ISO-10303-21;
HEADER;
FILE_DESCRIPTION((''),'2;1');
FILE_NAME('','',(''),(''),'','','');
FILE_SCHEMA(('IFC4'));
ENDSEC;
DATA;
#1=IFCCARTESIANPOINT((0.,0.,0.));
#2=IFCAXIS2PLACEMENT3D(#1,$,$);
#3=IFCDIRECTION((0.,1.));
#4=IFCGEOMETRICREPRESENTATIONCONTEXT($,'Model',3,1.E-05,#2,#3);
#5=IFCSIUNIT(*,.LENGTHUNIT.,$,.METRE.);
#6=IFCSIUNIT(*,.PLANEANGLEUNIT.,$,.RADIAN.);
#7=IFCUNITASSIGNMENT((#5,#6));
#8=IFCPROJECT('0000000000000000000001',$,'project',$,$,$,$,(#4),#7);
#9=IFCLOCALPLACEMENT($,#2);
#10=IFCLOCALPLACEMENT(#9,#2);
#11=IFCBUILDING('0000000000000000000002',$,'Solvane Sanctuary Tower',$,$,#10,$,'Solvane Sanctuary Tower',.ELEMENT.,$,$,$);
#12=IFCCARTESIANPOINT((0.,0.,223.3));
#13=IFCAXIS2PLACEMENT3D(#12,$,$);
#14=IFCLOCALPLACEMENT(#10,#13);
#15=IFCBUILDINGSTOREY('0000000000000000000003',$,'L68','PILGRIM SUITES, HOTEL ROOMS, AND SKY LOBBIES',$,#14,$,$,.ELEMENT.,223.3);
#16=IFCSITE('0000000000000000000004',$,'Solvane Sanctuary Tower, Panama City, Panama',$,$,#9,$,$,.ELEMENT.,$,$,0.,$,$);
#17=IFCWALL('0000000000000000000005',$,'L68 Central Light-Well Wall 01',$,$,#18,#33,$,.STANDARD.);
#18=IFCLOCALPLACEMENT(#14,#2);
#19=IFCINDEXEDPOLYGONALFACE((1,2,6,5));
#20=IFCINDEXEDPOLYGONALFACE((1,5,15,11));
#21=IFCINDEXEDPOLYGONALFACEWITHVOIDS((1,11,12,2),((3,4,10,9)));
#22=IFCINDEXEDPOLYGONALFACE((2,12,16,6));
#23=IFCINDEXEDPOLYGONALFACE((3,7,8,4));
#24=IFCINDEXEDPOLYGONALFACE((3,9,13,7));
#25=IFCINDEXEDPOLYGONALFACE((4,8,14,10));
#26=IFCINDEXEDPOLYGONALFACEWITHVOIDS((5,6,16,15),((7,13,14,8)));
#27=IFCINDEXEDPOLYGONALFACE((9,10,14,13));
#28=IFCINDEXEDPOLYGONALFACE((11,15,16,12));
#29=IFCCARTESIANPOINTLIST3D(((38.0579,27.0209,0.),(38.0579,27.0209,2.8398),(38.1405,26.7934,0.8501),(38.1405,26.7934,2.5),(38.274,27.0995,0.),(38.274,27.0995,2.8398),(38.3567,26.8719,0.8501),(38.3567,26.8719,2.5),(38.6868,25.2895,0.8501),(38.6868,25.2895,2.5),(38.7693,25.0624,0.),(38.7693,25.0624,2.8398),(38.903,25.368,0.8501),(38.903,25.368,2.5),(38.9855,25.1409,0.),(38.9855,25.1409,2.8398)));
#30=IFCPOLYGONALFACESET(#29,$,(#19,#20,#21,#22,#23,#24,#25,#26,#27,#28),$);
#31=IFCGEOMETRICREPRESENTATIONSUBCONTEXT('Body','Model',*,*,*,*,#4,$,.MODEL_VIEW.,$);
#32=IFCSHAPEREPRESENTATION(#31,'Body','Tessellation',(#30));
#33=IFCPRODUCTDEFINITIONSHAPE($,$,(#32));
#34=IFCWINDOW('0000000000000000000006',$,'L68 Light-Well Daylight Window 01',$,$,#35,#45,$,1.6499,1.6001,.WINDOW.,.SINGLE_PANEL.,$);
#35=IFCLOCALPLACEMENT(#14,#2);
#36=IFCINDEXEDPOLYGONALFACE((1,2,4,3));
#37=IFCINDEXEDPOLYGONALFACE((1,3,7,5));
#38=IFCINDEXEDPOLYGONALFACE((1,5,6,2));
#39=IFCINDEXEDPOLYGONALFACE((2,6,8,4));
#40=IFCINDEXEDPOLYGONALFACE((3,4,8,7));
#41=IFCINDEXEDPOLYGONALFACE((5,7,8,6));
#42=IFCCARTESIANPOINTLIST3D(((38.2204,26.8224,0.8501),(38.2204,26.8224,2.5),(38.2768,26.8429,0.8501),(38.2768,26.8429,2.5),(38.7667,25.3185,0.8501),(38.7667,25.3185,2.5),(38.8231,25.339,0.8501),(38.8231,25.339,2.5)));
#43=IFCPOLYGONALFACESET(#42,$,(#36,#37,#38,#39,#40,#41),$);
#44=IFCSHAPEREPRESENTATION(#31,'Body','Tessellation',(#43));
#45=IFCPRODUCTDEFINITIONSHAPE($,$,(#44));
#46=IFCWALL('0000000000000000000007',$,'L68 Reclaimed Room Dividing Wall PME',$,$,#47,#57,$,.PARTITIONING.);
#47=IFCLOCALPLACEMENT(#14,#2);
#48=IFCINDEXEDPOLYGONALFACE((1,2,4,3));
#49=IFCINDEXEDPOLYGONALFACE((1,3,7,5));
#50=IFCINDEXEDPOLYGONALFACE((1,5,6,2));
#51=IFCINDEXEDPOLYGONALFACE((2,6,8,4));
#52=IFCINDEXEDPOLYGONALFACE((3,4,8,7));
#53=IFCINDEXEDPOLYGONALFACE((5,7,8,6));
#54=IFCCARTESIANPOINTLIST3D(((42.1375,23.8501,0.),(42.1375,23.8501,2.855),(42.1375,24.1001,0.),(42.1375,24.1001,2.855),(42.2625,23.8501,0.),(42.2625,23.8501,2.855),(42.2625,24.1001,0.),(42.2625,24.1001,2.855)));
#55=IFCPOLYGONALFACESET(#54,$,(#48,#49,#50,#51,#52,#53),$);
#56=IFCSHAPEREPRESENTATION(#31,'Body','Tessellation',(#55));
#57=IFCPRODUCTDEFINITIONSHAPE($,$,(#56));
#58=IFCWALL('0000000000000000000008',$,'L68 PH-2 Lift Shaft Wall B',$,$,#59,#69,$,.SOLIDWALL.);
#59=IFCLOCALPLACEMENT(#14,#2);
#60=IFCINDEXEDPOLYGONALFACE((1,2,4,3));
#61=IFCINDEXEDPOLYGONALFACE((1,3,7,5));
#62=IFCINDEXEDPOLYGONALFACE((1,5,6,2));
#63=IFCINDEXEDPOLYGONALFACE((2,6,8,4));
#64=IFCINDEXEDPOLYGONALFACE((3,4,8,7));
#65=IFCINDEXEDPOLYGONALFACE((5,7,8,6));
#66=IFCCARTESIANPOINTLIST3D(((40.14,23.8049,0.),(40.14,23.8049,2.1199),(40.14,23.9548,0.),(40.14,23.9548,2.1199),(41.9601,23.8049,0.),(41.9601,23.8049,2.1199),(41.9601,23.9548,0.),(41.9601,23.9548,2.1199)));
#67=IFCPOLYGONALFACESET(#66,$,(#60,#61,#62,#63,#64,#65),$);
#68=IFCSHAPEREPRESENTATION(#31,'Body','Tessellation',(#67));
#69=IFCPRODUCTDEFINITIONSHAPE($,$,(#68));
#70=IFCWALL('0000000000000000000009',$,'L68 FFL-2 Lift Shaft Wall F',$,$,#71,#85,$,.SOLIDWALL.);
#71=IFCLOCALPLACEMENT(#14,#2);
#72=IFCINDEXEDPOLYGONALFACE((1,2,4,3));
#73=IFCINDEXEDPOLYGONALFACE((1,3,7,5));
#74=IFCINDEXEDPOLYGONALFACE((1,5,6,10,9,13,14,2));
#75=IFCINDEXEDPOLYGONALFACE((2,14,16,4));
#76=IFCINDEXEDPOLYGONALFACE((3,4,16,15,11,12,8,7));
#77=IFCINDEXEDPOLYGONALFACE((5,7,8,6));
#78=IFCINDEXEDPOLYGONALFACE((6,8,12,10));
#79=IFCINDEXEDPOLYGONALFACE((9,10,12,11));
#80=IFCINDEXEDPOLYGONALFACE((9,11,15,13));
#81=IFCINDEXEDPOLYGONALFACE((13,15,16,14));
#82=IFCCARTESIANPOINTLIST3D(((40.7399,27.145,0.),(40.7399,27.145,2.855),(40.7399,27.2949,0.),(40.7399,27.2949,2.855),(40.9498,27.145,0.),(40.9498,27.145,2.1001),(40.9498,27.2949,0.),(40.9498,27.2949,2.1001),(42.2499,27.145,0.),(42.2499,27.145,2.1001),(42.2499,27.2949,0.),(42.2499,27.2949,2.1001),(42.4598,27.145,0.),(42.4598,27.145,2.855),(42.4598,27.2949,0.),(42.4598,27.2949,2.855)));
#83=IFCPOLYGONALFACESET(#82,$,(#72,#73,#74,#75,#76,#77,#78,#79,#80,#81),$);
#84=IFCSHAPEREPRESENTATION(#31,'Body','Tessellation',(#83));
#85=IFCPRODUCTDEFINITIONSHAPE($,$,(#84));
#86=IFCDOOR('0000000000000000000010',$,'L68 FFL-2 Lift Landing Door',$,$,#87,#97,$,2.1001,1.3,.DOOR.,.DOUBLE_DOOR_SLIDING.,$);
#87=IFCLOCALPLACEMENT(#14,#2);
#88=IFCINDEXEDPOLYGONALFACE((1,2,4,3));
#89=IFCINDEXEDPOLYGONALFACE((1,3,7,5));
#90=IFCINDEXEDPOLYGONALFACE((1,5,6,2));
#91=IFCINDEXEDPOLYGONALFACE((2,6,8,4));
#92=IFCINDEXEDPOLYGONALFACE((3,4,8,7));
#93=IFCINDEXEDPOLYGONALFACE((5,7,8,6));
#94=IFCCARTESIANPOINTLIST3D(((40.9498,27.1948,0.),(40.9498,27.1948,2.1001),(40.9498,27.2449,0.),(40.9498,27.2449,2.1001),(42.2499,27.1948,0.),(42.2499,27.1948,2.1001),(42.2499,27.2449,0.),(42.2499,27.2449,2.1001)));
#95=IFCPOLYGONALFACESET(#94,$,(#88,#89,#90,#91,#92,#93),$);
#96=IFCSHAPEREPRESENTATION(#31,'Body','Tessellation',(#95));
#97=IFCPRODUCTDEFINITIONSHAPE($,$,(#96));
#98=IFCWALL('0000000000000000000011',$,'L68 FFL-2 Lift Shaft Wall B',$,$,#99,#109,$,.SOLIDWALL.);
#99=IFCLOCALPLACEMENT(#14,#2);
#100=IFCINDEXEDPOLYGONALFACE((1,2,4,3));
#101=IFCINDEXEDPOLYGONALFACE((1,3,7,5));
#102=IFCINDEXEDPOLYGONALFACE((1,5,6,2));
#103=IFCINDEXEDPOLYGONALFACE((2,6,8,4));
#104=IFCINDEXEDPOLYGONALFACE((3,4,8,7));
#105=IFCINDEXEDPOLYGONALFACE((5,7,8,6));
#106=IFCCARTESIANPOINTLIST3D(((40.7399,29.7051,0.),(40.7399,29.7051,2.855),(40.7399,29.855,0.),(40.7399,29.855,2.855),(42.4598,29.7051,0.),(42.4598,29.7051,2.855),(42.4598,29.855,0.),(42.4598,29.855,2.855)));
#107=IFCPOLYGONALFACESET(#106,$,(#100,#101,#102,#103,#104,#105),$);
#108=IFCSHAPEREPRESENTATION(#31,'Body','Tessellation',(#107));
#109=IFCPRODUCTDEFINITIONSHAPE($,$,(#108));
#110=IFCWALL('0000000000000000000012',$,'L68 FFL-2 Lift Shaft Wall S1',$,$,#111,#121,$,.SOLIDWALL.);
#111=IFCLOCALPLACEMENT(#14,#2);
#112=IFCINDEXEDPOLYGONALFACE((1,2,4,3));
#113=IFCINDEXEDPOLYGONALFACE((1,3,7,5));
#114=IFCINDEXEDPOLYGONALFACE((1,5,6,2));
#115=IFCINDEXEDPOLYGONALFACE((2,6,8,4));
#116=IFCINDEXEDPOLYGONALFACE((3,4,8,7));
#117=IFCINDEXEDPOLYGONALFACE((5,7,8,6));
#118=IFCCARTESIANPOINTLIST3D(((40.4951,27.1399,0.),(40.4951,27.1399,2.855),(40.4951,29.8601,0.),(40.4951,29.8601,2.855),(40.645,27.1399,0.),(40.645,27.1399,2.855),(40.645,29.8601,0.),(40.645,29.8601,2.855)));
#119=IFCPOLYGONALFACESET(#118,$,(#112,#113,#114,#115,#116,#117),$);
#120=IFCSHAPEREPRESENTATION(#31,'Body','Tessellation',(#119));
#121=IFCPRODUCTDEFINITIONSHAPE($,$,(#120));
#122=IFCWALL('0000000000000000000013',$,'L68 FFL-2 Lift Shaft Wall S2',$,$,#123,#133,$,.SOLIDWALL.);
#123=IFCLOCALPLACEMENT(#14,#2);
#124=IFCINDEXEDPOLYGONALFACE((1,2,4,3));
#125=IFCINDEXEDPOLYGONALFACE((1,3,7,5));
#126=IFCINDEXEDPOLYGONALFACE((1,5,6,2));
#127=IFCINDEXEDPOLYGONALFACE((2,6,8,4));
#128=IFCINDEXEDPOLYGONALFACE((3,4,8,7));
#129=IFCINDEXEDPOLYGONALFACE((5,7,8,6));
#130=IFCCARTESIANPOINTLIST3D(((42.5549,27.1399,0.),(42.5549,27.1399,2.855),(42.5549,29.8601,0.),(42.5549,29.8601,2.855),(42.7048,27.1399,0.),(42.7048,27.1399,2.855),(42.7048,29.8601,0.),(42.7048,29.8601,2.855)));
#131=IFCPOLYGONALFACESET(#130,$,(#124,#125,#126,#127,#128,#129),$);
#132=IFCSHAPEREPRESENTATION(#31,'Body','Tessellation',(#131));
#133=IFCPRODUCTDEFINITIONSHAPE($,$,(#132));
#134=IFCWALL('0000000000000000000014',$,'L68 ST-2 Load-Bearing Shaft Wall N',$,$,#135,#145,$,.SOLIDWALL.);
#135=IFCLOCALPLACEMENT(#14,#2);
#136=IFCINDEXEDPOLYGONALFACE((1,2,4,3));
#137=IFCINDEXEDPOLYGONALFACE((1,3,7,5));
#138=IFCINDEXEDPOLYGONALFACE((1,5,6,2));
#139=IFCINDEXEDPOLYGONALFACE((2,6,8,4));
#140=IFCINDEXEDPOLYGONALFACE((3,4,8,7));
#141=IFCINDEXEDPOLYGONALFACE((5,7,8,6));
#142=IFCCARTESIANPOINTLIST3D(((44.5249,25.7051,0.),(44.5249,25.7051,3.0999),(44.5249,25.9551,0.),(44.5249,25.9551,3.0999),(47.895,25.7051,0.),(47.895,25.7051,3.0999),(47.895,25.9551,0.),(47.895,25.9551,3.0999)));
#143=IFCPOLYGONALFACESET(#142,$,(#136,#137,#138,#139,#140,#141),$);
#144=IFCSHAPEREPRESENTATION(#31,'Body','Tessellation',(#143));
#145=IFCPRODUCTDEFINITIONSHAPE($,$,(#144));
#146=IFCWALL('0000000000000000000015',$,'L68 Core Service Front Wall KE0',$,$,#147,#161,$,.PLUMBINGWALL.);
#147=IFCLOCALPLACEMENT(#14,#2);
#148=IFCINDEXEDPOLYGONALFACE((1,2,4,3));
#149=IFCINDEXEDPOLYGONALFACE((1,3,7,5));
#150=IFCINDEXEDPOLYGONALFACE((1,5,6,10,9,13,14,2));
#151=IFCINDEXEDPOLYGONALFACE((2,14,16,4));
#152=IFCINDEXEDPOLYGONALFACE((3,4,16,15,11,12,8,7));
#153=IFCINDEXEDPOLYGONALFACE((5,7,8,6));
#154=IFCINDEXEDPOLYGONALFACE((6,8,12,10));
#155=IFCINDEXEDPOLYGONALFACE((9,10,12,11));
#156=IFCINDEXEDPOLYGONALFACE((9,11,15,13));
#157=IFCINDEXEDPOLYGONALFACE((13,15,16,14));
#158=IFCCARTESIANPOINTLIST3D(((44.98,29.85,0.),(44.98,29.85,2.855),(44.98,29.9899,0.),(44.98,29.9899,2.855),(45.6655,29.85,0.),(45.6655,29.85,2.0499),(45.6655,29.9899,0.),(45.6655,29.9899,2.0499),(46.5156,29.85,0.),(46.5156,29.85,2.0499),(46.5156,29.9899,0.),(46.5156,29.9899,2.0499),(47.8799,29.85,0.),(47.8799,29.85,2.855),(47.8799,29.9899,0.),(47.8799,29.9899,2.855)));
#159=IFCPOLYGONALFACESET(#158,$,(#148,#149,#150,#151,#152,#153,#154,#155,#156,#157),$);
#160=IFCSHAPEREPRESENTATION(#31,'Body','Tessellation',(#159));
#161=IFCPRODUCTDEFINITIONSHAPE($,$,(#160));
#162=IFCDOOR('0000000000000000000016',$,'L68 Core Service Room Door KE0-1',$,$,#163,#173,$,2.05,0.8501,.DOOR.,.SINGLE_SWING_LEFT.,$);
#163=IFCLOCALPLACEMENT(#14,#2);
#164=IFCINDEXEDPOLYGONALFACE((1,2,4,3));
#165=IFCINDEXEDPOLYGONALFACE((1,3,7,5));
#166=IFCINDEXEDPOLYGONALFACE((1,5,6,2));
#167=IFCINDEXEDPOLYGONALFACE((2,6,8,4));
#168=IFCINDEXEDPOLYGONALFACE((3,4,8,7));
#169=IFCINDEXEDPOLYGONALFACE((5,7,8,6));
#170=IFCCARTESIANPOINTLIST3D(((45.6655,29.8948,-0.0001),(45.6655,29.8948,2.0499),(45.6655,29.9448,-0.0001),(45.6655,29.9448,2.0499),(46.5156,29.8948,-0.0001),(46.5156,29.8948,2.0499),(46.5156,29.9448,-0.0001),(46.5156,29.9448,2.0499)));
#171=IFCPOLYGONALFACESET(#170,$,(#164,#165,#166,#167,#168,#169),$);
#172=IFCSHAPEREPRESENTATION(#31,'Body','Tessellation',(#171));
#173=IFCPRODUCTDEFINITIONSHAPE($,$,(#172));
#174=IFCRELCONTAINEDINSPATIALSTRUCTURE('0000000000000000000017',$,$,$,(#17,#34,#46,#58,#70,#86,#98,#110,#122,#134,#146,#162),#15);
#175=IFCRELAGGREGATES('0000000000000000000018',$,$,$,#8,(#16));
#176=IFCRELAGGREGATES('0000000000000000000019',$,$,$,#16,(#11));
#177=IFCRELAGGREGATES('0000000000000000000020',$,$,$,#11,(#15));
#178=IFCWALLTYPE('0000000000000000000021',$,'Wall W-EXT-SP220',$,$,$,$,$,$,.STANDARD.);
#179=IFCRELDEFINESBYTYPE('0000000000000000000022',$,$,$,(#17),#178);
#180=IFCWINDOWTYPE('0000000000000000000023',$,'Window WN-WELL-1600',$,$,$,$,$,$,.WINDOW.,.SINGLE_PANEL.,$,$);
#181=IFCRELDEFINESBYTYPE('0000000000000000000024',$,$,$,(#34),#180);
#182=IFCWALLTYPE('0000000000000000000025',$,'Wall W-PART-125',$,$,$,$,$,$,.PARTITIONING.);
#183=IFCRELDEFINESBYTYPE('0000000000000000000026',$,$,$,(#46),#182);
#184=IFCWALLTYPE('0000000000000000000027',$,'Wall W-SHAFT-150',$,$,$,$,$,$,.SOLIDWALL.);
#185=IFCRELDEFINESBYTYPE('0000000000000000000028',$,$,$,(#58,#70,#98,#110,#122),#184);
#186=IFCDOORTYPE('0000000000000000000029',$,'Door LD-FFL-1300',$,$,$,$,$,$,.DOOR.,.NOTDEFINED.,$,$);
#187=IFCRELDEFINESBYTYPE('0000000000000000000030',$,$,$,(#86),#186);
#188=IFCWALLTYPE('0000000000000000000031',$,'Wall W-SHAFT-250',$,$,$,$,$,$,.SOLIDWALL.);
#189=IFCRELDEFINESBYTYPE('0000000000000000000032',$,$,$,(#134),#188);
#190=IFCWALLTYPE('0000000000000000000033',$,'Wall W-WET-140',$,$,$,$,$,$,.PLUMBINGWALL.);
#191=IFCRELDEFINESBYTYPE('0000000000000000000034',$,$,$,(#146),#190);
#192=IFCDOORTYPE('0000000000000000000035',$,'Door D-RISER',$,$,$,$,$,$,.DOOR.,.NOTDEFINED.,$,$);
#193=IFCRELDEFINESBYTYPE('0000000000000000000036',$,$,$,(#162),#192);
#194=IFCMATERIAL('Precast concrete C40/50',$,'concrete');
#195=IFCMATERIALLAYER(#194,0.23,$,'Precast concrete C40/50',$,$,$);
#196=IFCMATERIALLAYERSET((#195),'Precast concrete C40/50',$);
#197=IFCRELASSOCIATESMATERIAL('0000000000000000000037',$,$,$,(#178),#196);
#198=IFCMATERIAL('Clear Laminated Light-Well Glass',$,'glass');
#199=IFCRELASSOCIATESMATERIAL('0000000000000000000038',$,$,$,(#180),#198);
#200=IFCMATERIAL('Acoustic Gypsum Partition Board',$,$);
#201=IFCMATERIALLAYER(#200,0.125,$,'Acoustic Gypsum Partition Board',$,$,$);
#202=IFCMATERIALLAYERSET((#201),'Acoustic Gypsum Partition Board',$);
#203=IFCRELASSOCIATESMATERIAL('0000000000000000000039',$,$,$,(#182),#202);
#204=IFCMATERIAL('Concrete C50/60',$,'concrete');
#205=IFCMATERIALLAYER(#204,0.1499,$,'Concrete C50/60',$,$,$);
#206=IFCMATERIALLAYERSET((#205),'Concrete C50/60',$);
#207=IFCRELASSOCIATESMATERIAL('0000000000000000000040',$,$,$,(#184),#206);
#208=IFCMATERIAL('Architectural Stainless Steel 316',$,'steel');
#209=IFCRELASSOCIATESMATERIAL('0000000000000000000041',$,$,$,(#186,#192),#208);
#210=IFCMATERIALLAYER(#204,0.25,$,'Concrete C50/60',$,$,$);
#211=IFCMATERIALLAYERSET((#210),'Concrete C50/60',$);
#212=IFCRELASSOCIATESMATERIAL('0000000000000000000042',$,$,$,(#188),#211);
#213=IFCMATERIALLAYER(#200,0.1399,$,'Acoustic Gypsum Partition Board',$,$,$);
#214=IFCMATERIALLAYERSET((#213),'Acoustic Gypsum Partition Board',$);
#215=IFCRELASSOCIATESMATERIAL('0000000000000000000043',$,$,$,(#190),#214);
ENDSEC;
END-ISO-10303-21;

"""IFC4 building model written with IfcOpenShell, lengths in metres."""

from ifc_helpers import new_model, si_unit, direction, frame, frame_2d, origin, place, context, subcontext, project, spatial, rectangle, extrude, material, layer, layer_set, type_object, element, fill, save


model = new_model("IFC4")

# Units and contexts
model_context = context("Model", 3, precision=1e-05, world=origin(), true_north=direction((0.0, 1.0)))
body_context = subcontext(model_context, "Body", "Model", "MODEL_VIEW")
ifc_project = project(units=[si_unit("LENGTHUNIT", "METRE"), si_unit("PLANEANGLEUNIT", "RADIAN")], contexts=[model_context])

# Site, building, storey
site_placement = place(None, origin())
site = spatial("IfcSite", under=ifc_project, at=site_placement, Name="Solvane Sanctuary Tower, Panama City, Panama", CompositionType="ELEMENT", RefElevation=0.0)
building_placement = place(site_placement, origin())
building = spatial("IfcBuilding", under=site, at=building_placement, Name="Solvane Sanctuary Tower", LongName="Solvane Sanctuary Tower", CompositionType="ELEMENT")
storey_placement = place(building_placement, frame((0.0, 0.0, 223.3)))
storey = spatial("IfcBuildingStorey", under=building, at=storey_placement, Name="L68", Description="PILGRIM SUITES, HOTEL ROOMS, AND SKY LOBBIES", CompositionType="ELEMENT", Elevation=223.3)

# Shared definitions
ifc_material_1 = material(Name="Acoustic Gypsum Partition Board")

# Shared definitions
ifc_material_2 = material(Name="Architectural Stainless Steel 316", Category="steel")

# Wall, opening, window
ifc_material_3 = material(Name="Precast concrete C40/50", Category="concrete")
ifc_layer_1 = layer(ifc_material_3, 0.23, Name="Precast concrete C40/50")
ifc_layer_set_1 = layer_set([ifc_layer_1], Name="Precast concrete C40/50")
wall_type_1 = type_object("IfcWallType", Name="Wall W-EXT-SP220", PredefinedType="STANDARD", material=ifc_layer_set_1)
wall_1_placement = place(storey_placement, frame((38.8774, 25.1016, 0.0), z_axis=(0.0, 0.0, 1.0), x_axis=(-0.341423, 0.93991, 0.0)))
wall_1 = element("IfcWall", 1, at=wall_1_placement, inside=storey, type_object=wall_type_1, Name="L68 Central Light-Well Wall 01", PredefinedType="STANDARD", context=body_context, shape_type="SweptSolid", body=[
    extrude(rectangle(XDim=2.0837, YDim=0.23, at=frame_2d((1.042, 0.0))), origin(), (0.0, 0.0, 1.0), 2.8398),
])
opening_1_placement = place(wall_1_placement, frame((0.2417, 0.0, 0.8501)))
opening_1 = element("IfcOpeningElement", 2, at=opening_1_placement, cuts=wall_1, PredefinedType="OPENING", context=body_context, shape_type="SweptSolid", body=[
    extrude(rectangle(XDim=1.6001, YDim=1.6499, at=frame_2d((0.8, 0.825))), frame((0.0, 0.125, 0.0), z_axis=(0.0, -1.0, 0.0), x_axis=(1.0, 0.0, 0.0)), (0.0, 0.0, 1.0), 0.25),
])
ifc_material_4 = material(Name="Clear Laminated Light-Well Glass", Category="glass")
window_type_1 = type_object("IfcWindowType", Name="Window WN-WELL-1600", PartitioningType="SINGLE_PANEL", PredefinedType="WINDOW", material=ifc_material_4)
window_1_placement = place(opening_1_placement, origin())
window_1 = element("IfcWindow", 3, at=window_1_placement, inside=storey, type_object=window_type_1, Name="L68 Light-Well Daylight Window 01", OverallHeight=1.6499, OverallWidth=1.6001, PartitioningType="SINGLE_PANEL", PredefinedType="WINDOW", context=body_context, shape_type="SweptSolid", body=[
    extrude(rectangle(XDim=1.6001, YDim=1.6499, at=frame_2d((0.8, 0.825))), frame((0.0, 0.03, 0.0), z_axis=(0.0, -1.0, 0.0), x_axis=(1.0, 0.0, 0.0)), (0.0, 0.0, 1.0), 0.0601),
])
fill(opening_1, window_1)

# Walls
ifc_layer_2 = layer(ifc_material_1, 0.125, Name="Acoustic Gypsum Partition Board")
ifc_layer_set_2 = layer_set([ifc_layer_2], Name="Acoustic Gypsum Partition Board")
wall_type_2 = type_object("IfcWallType", Name="Wall W-PART-125", PredefinedType="PARTITIONING", material=ifc_layer_set_2)
wall_2_placement = place(storey_placement, frame((42.2, 23.8501, 0.0), z_axis=(0.0, 0.0, 1.0), x_axis=(0.0, 1.0, 0.0)))
element("IfcWall", 4, at=wall_2_placement, inside=storey, type_object=wall_type_2, Name="L68 Reclaimed Room Dividing Wall PME", PredefinedType="PARTITIONING", context=body_context, shape_type="SweptSolid", body=[
    extrude(rectangle(XDim=0.25, YDim=0.125, at=frame_2d((0.125, 0.0))), origin(), (0.0, 0.0, 1.0), 2.855),
])
ifc_material_5 = material(Name="Concrete C50/60", Category="concrete")
ifc_layer_3 = layer(ifc_material_5, 0.1499, Name="Concrete C50/60")
ifc_layer_set_3 = layer_set([ifc_layer_3], Name="Concrete C50/60")
wall_type_3 = type_object("IfcWallType", Name="Wall W-SHAFT-150", PredefinedType="SOLIDWALL", material=ifc_layer_set_3)
wall_3_placement = place(storey_placement, frame((40.1399, 23.8799, 0.0), z_axis=(0.0, 0.0, 1.0), x_axis=(1.0, 0.0, 0.0)))
element("IfcWall", 5, at=wall_3_placement, inside=storey, type_object=wall_type_3, Name="L68 PH-2 Lift Shaft Wall B", PredefinedType="SOLIDWALL", context=body_context, shape_type="SweptSolid", body=[
    extrude(rectangle(XDim=1.8201, YDim=0.1499, at=frame_2d((0.9102, 0.0))), origin(), (0.0, 0.0, 1.0), 2.1199),
])

# Wall, opening, door
wall_4_placement = place(storey_placement, frame((40.74, 27.22, 0.0), z_axis=(0.0, 0.0, 1.0), x_axis=(1.0, 0.0, 0.0)))
wall_4 = element("IfcWall", 6, at=wall_4_placement, inside=storey, type_object=wall_type_3, Name="L68 FFL-2 Lift Shaft Wall F", PredefinedType="SOLIDWALL", context=body_context, shape_type="SweptSolid", body=[
    extrude(rectangle(XDim=1.72, YDim=0.1499, at=frame_2d((0.8599, 0.0))), origin(), (0.0, 0.0, 1.0), 2.855),
])
opening_2_placement = place(wall_4_placement, frame((0.21, 0.0, 0.0)))
opening_2 = element("IfcOpeningElement", 7, at=opening_2_placement, cuts=wall_4, PredefinedType="OPENING", context=body_context, shape_type="SweptSolid", body=[
    extrude(rectangle(XDim=1.3, YDim=2.1001, at=frame_2d((0.6499, 1.05))), frame((0.0, 0.085, 0.0), z_axis=(0.0, -1.0, 0.0), x_axis=(1.0, 0.0, 0.0)), (0.0, 0.0, 1.0), 0.1699),
])
door_type_1 = type_object("IfcDoorType", Name="Door LD-FFL-1300", OperationType="NOTDEFINED", PredefinedType="DOOR", material=ifc_material_2)
door_1_placement = place(opening_2_placement, origin())
door_1 = element("IfcDoor", 8, at=door_1_placement, inside=storey, type_object=door_type_1, Name="L68 FFL-2 Lift Landing Door", OperationType="DOUBLE_DOOR_SLIDING", OverallHeight=2.1001, OverallWidth=1.3, PredefinedType="DOOR", context=body_context, shape_type="SweptSolid", body=[
    extrude(rectangle(XDim=1.3, YDim=2.1001, at=frame_2d((0.6499, 1.05))), frame((0.0, 0.0249, 0.0), z_axis=(0.0, -1.0, 0.0), x_axis=(1.0, 0.0, 0.0)), (0.0, 0.0, 1.0), 0.05),
])
fill(opening_2, door_1)

# Walls
wall_5_placement = place(storey_placement, frame((40.74, 29.78, 0.0), z_axis=(0.0, 0.0, 1.0), x_axis=(1.0, 0.0, 0.0)))
element("IfcWall", 9, at=wall_5_placement, inside=storey, type_object=wall_type_3, Name="L68 FFL-2 Lift Shaft Wall B", PredefinedType="SOLIDWALL", context=body_context, shape_type="SweptSolid", body=[
    extrude(rectangle(XDim=1.72, YDim=0.1499, at=frame_2d((0.8599, 0.0))), origin(), (0.0, 0.0, 1.0), 2.855),
])
for number, where, z_axis, x_axis, name in (
    (10, (40.5701, 27.1399, 0.0), (0.0, 0.0, 1.0), (0.0, 1.0, 0.0), "L68 FFL-2 Lift Shaft Wall S1"),
    (11, (42.6299, 27.1399, 0.0), (0.0, 0.0, 1.0), (0.0, 1.0, 0.0), "L68 FFL-2 Lift Shaft Wall S2"),
):
    element("IfcWall", number, at=place(storey_placement, frame(where, z_axis=z_axis, x_axis=x_axis)), inside=storey, type_object=wall_type_3, Name=name, PredefinedType="SOLIDWALL", context=body_context, shape_type="SweptSolid", body=[
        extrude(rectangle(XDim=2.7202, YDim=0.1499, at=frame_2d((1.3601, 0.0))), origin(), (0.0, 0.0, 1.0), 2.855),
    ])
ifc_layer_4 = layer(ifc_material_5, 0.25, Name="Concrete C50/60")
ifc_layer_set_4 = layer_set([ifc_layer_4], Name="Concrete C50/60")
wall_type_4 = type_object("IfcWallType", Name="Wall W-SHAFT-250", PredefinedType="SOLIDWALL", material=ifc_layer_set_4)
wall_6_placement = place(storey_placement, frame((44.5249, 25.8301, 0.0), z_axis=(0.0, 0.0, 1.0), x_axis=(1.0, 0.0, 0.0)))
element("IfcWall", 12, at=wall_6_placement, inside=storey, type_object=wall_type_4, Name="L68 ST-2 Load-Bearing Shaft Wall N", PredefinedType="SOLIDWALL", context=body_context, shape_type="SweptSolid", body=[
    extrude(rectangle(XDim=3.3701, YDim=0.25, at=frame_2d((1.6851, 0.0))), origin(), (0.0, 0.0, 1.0), 3.0999),
])

# Wall, opening, door
ifc_layer_5 = layer(ifc_material_1, 0.1399, Name="Acoustic Gypsum Partition Board")
ifc_layer_set_5 = layer_set([ifc_layer_5], Name="Acoustic Gypsum Partition Board")
wall_type_5 = type_object("IfcWallType", Name="Wall W-WET-140", PredefinedType="PLUMBINGWALL", material=ifc_layer_set_5)
wall_7_placement = place(storey_placement, frame((44.98, 29.9199, 0.0), z_axis=(0.0, 0.0, 1.0), x_axis=(1.0, 0.0, 0.0)))
wall_7 = element("IfcWall", 13, at=wall_7_placement, inside=storey, type_object=wall_type_5, Name="L68 Core Service Front Wall KE0", PredefinedType="PLUMBINGWALL", context=body_context, shape_type="SweptSolid", body=[
    extrude(rectangle(XDim=2.8999, YDim=0.1399, at=frame_2d((1.45, 0.0))), origin(), (0.0, 0.0, 1.0), 2.855),
])
opening_3_placement = place(wall_7_placement, frame((0.6855, 0.0, 0.0)))
opening_3 = element("IfcOpeningElement", 14, at=opening_3_placement, cuts=wall_7, PredefinedType="OPENING", context=body_context, shape_type="SweptSolid", body=[
    extrude(rectangle(XDim=0.8501, YDim=2.05, at=frame_2d((0.425, 1.0249))), frame((0.0, 0.0798, 0.0), z_axis=(0.0, -1.0, 0.0), x_axis=(1.0, 0.0, 0.0)), (0.0, 0.0, 1.0), 0.1599),
])
door_type_2 = type_object("IfcDoorType", Name="Door D-RISER", OperationType="NOTDEFINED", PredefinedType="DOOR", material=ifc_material_2)
door_2_placement = place(opening_3_placement, origin())
door_2 = element("IfcDoor", 15, at=door_2_placement, inside=storey, type_object=door_type_2, Name="L68 Core Service Room Door KE0-1", OperationType="SINGLE_SWING_LEFT", OverallHeight=2.05, OverallWidth=0.8501, PredefinedType="DOOR", context=body_context, shape_type="SweptSolid", body=[
    extrude(rectangle(XDim=0.8501, YDim=2.05, at=frame_2d((0.425, 1.0249))), frame((0.0, 0.0249, 0.0), z_axis=(0.0, -1.0, 0.0), x_axis=(1.0, 0.0, 0.0)), (0.0, 0.0, 1.0), 0.05),
])
fill(opening_3, door_2)

save(model, "model.ifc")
